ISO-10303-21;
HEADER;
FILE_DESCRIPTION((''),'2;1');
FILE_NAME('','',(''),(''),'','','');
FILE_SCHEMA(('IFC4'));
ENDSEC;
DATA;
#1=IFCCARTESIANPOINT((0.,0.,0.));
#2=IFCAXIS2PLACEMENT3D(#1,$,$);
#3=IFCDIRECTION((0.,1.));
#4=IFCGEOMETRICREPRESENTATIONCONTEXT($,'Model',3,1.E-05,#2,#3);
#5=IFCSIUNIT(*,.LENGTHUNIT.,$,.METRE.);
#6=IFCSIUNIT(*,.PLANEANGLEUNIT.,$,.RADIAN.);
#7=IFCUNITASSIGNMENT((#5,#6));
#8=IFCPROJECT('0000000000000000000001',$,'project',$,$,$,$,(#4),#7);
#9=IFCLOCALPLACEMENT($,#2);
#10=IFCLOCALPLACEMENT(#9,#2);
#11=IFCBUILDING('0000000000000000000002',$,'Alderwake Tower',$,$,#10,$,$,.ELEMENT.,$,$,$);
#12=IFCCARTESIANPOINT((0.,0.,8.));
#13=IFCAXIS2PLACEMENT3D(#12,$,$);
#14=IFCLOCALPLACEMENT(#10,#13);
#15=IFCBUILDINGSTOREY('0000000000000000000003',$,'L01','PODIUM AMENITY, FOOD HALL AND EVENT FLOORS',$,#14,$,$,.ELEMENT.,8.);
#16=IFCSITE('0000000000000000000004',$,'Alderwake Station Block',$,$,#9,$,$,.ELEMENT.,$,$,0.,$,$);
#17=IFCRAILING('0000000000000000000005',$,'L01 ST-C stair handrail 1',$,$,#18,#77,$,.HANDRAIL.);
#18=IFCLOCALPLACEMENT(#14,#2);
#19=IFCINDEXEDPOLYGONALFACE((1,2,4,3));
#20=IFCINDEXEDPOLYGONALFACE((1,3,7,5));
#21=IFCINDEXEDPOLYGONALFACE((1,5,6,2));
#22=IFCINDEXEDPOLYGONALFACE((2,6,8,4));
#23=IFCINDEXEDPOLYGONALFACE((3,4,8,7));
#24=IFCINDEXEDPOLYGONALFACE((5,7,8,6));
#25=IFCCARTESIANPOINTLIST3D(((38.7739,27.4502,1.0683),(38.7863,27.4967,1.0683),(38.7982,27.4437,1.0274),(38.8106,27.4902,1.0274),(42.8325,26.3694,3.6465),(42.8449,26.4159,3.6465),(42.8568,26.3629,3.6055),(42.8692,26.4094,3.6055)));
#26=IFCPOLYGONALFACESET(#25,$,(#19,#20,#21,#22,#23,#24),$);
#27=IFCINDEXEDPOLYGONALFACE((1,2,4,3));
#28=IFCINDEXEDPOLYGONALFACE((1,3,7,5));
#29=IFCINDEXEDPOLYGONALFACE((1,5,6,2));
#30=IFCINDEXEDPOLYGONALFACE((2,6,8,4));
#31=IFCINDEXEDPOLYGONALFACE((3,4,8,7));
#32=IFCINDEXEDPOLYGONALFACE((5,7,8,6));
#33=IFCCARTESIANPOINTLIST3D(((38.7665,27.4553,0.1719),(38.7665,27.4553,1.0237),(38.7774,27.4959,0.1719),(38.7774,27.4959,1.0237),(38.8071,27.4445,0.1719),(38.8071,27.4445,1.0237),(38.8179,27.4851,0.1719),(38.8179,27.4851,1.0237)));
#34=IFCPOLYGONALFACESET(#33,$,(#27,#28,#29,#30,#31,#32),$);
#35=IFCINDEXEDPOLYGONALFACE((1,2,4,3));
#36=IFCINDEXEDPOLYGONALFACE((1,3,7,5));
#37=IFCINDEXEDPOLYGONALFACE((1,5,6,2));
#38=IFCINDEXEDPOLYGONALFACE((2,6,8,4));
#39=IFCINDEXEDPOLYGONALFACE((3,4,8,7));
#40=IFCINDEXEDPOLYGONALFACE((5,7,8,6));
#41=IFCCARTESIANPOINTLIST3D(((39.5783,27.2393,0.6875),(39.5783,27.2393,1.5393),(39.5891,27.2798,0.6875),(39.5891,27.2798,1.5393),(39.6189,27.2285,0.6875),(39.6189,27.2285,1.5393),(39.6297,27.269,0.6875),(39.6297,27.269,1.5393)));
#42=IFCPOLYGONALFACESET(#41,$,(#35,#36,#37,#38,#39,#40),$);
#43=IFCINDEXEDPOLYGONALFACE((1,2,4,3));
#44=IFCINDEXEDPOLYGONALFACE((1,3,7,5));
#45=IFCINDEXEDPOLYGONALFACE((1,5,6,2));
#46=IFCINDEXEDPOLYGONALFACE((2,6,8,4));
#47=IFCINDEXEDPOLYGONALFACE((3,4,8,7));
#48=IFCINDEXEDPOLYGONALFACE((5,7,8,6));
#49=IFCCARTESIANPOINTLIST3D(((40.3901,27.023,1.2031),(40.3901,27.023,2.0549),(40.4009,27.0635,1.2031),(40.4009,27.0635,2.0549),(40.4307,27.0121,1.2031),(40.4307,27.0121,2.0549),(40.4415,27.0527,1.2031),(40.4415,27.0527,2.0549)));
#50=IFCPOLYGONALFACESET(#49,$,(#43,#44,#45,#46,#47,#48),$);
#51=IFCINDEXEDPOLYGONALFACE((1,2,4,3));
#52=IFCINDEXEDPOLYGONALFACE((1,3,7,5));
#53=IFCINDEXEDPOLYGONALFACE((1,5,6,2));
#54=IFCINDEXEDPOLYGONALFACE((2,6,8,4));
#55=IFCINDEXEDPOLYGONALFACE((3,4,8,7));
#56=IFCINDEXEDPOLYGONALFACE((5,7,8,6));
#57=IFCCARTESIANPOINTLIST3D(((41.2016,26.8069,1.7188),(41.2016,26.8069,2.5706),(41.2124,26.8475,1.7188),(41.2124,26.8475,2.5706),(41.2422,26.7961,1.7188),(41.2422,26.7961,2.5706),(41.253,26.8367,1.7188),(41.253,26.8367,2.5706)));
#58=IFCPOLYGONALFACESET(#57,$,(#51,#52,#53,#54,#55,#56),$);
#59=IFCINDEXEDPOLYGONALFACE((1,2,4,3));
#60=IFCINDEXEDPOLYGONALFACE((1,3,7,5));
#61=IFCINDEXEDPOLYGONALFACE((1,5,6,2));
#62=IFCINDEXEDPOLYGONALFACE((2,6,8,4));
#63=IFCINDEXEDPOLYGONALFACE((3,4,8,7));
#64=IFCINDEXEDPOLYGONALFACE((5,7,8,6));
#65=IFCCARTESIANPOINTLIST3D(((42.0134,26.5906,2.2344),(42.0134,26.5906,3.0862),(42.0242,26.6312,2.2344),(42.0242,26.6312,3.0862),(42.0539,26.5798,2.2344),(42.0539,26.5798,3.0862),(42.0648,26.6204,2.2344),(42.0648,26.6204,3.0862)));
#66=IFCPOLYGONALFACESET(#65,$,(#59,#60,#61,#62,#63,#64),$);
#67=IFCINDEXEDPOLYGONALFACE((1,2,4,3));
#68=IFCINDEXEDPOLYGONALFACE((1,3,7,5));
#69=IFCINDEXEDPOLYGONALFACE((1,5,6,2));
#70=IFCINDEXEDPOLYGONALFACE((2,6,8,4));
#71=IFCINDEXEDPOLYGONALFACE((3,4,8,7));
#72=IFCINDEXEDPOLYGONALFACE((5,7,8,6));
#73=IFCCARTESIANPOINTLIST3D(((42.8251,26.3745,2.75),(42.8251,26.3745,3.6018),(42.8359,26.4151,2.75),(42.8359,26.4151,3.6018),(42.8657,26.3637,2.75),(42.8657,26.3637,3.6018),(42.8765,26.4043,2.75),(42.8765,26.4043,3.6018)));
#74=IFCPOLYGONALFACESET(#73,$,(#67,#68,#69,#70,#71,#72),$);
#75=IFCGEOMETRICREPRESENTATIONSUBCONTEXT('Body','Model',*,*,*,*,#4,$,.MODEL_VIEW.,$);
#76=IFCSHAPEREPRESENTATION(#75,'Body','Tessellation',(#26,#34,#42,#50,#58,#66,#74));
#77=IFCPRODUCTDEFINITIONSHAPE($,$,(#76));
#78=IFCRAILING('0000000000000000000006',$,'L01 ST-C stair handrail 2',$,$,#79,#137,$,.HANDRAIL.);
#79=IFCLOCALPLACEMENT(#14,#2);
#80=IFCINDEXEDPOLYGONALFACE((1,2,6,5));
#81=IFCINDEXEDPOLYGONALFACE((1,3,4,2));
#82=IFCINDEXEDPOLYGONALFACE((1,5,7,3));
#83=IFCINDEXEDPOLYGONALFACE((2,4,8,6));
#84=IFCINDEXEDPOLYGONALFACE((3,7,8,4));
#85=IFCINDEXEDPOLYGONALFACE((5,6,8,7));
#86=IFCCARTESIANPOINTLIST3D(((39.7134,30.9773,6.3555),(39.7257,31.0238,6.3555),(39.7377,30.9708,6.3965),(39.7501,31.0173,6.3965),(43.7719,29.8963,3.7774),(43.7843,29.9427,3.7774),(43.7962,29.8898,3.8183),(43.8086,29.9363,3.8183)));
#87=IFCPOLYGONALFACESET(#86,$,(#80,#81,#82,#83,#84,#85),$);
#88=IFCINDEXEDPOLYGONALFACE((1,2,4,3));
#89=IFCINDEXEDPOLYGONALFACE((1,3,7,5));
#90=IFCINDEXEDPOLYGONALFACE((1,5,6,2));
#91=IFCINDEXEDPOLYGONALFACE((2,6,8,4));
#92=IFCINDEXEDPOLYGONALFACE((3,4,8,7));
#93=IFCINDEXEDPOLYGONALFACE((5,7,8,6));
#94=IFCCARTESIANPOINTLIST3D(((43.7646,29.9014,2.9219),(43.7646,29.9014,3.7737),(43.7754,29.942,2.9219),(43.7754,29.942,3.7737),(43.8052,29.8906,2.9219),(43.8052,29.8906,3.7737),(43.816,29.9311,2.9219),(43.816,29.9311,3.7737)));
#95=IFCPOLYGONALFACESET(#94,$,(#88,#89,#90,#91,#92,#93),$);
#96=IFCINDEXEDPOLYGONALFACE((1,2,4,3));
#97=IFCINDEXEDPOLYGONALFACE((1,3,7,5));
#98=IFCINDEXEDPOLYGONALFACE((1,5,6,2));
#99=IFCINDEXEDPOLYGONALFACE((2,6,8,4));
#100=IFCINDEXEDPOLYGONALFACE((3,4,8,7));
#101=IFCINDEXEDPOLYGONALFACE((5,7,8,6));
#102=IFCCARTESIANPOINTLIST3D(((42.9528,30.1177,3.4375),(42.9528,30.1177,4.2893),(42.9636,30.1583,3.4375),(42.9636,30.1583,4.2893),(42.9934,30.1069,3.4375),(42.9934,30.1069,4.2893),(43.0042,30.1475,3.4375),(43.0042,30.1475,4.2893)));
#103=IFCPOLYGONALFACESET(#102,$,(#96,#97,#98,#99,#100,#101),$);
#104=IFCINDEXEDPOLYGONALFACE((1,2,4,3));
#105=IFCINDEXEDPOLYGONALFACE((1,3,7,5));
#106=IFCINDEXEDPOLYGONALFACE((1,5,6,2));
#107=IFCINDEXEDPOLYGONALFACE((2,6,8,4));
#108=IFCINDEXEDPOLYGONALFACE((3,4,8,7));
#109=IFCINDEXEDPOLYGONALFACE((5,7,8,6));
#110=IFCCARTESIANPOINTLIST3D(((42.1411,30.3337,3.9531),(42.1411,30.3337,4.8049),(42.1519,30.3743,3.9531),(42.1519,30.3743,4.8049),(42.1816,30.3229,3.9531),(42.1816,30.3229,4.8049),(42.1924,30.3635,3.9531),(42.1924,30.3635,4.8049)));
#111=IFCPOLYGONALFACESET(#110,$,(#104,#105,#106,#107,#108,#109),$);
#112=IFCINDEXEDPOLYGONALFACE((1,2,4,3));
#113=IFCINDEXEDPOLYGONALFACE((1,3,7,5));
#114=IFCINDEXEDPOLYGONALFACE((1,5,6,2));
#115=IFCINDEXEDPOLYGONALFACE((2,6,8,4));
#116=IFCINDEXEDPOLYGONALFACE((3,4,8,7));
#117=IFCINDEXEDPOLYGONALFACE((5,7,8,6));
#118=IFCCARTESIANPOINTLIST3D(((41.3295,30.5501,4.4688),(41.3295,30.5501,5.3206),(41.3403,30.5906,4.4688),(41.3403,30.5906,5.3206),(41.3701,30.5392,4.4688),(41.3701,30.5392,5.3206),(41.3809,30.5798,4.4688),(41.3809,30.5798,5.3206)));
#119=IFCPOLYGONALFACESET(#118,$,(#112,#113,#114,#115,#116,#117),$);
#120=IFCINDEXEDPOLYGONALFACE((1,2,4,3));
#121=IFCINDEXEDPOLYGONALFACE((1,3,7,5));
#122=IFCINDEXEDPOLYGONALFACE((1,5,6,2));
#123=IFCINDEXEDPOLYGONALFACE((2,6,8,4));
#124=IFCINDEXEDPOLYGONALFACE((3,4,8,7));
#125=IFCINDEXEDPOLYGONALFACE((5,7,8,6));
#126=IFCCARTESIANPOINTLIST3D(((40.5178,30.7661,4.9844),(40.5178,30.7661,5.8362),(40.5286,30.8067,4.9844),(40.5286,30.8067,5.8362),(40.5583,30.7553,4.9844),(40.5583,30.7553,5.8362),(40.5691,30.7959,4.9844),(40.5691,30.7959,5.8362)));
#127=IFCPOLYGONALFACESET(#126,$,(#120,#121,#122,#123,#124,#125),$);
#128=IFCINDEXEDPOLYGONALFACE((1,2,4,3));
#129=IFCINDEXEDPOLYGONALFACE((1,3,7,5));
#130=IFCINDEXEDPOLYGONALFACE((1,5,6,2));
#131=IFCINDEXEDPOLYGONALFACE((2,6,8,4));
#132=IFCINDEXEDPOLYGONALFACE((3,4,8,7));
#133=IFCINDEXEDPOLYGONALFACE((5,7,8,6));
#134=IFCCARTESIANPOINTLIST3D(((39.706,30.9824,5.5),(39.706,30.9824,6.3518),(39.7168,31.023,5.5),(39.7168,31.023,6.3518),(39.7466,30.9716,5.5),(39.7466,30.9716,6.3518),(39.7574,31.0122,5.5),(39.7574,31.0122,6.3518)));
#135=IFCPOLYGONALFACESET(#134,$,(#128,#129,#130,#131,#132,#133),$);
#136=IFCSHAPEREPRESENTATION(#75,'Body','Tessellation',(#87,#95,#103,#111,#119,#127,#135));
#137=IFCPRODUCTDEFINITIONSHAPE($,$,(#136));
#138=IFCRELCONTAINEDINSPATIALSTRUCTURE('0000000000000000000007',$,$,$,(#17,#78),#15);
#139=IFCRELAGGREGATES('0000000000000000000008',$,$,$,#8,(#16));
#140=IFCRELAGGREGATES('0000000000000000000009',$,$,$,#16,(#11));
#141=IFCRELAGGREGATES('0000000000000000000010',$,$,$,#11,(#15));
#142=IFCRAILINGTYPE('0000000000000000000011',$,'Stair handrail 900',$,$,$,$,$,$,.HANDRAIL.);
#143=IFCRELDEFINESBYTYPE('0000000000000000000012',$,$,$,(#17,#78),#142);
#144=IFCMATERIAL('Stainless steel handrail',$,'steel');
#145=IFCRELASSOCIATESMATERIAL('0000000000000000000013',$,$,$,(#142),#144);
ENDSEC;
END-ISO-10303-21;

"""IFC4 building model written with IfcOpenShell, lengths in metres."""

from ifc_helpers import new_model, si_unit, direction, frame, origin, origin_2d, place, context, subcontext, project, spatial, rectangle, extrude, material, type_object, element, save


model = new_model("IFC4")

# Units and contexts
model_context = context("Model", 3, precision=1e-05, world=origin(), true_north=direction((0.0, 1.0)))
body_context = subcontext(model_context, "Body", "Model", "MODEL_VIEW")
ifc_project = project(units=[si_unit("LENGTHUNIT", "METRE"), si_unit("PLANEANGLEUNIT", "RADIAN")], contexts=[model_context])

# Site, building, storey
site_placement = place(None, origin())
site = spatial("IfcSite", under=ifc_project, at=site_placement, Name="Alderwake Station Block", CompositionType="ELEMENT", RefElevation=0.0)
building_placement = place(site_placement, origin())
building = spatial("IfcBuilding", under=site, at=building_placement, Name="Alderwake Tower", CompositionType="ELEMENT")
storey_placement = place(building_placement, frame((0.0, 0.0, 8.0)))
storey = spatial("IfcBuildingStorey", under=building, at=storey_placement, Name="L01", Description="PODIUM AMENITY, FOOD HALL AND EVENT FLOORS", CompositionType="ELEMENT", Elevation=8.0)

# Railings
ifc_material_1 = material(Name="Stainless steel handrail", Category="steel")
railing_type_1 = type_object("IfcRailingType", Name="Stair handrail 900", PredefinedType="HANDRAIL", material=ifc_material_1)
railing_1_placement = place(storey_placement, frame((38.7922, 27.4702, 0.1719)))
element("IfcRailing", 1, at=railing_1_placement, inside=storey, type_object=railing_type_1, Name="L01 ST-C stair handrail 1", PredefinedType="HANDRAIL", context=body_context, shape_type="SweptSolid", body=[
    extrude(rectangle(XDim=0.0481, YDim=0.0481, at=origin_2d()), frame((0.0, 0.0, 0.876), z_axis=(0.823546, -0.219312, 0.523138), x_axis=(0.257333, 0.966323, 0.0)), (0.0, 0.0, 1.0), 4.9282),
    extrude(rectangle(XDim=0.042, YDim=0.042, at=origin_2d()), frame((0.0, 0.0, 0.0), z_axis=(0.0, 0.0, 1.0), x_axis=(0.966323, -0.257333, 0.0)), (0.0, 0.0, 1.0), 0.8518),
    extrude(rectangle(XDim=0.042, YDim=0.042, at=origin_2d()), frame((0.8118, -0.2161, 0.5156), z_axis=(0.0, 0.0, 1.0), x_axis=(0.966323, -0.257333, 0.0)), (0.0, 0.0, 1.0), 0.8518),
    extrude(rectangle(XDim=0.042, YDim=0.042, at=origin_2d()), frame((1.6235, -0.4324, 1.0312), z_axis=(0.0, 0.0, 1.0), x_axis=(0.966323, -0.257333, 0.0)), (0.0, 0.0, 1.0), 0.8518),
    extrude(rectangle(XDim=0.042, YDim=0.042, at=origin_2d()), frame((2.4351, -0.6484, 1.5469), z_axis=(0.0, 0.0, 1.0), x_axis=(0.966323, -0.257333, 0.0)), (0.0, 0.0, 1.0), 0.8518),
    extrude(rectangle(XDim=0.042, YDim=0.042, at=origin_2d()), frame((3.2468, -0.8647, 2.0625), z_axis=(0.0, 0.0, 1.0), x_axis=(0.966323, -0.257333, 0.0)), (0.0, 0.0, 1.0), 0.8518),
    extrude(rectangle(XDim=0.042, YDim=0.042, at=origin_2d()), frame((4.0586, -1.0808, 2.5781), z_axis=(0.0, 0.0, 1.0), x_axis=(0.966323, -0.257333, 0.0)), (0.0, 0.0, 1.0), 0.8518),
])
railing_2_placement = place(storey_placement, frame((43.7903, 29.9163, 2.9219)))
element("IfcRailing", 2, at=railing_2_placement, inside=storey, type_object=railing_type_1, Name="L01 ST-C stair handrail 2", PredefinedType="HANDRAIL", context=body_context, shape_type="SweptSolid", body=[
    extrude(rectangle(XDim=0.0481, YDim=0.0481, at=origin_2d()), frame((0.0, 0.0, 0.876), z_axis=(-0.823537, 0.219359, 0.523133), x_axis=(-0.257388, -0.966308, 0.0)), (0.0, 0.0, 1.0), 4.9282),
    extrude(rectangle(XDim=0.042, YDim=0.042, at=origin_2d()), frame((0.0, 0.0, 0.0), z_axis=(0.0, 0.0, 1.0), x_axis=(-0.966308, 0.257388, 0.0)), (0.0, 0.0, 1.0), 0.8518),
    extrude(rectangle(XDim=0.042, YDim=0.042, at=origin_2d()), frame((-0.8118, 0.2163, 0.5156), z_axis=(0.0, 0.0, 1.0), x_axis=(-0.966308, 0.257388, 0.0)), (0.0, 0.0, 1.0), 0.8518),
    extrude(rectangle(XDim=0.042, YDim=0.042, at=origin_2d()), frame((-1.6235, 0.4324, 1.0312), z_axis=(0.0, 0.0, 1.0), x_axis=(-0.966308, 0.257388, 0.0)), (0.0, 0.0, 1.0), 0.8518),
    extrude(rectangle(XDim=0.042, YDim=0.042, at=origin_2d()), frame((-2.4351, 0.6487, 1.5469), z_axis=(0.0, 0.0, 1.0), x_axis=(-0.966308, 0.257388, 0.0)), (0.0, 0.0, 1.0), 0.8518),
    extrude(rectangle(XDim=0.042, YDim=0.042, at=origin_2d()), frame((-3.2468, 0.8647, 2.0625), z_axis=(0.0, 0.0, 1.0), x_axis=(-0.966308, 0.257388, 0.0)), (0.0, 0.0, 1.0), 0.8518),
    extrude(rectangle(XDim=0.042, YDim=0.042, at=origin_2d()), frame((-4.0586, 1.0811, 2.5781), z_axis=(0.0, 0.0, 1.0), x_axis=(-0.966308, 0.257388, 0.0)), (0.0, 0.0, 1.0), 0.8518),
])

save(model, "model.ifc")
